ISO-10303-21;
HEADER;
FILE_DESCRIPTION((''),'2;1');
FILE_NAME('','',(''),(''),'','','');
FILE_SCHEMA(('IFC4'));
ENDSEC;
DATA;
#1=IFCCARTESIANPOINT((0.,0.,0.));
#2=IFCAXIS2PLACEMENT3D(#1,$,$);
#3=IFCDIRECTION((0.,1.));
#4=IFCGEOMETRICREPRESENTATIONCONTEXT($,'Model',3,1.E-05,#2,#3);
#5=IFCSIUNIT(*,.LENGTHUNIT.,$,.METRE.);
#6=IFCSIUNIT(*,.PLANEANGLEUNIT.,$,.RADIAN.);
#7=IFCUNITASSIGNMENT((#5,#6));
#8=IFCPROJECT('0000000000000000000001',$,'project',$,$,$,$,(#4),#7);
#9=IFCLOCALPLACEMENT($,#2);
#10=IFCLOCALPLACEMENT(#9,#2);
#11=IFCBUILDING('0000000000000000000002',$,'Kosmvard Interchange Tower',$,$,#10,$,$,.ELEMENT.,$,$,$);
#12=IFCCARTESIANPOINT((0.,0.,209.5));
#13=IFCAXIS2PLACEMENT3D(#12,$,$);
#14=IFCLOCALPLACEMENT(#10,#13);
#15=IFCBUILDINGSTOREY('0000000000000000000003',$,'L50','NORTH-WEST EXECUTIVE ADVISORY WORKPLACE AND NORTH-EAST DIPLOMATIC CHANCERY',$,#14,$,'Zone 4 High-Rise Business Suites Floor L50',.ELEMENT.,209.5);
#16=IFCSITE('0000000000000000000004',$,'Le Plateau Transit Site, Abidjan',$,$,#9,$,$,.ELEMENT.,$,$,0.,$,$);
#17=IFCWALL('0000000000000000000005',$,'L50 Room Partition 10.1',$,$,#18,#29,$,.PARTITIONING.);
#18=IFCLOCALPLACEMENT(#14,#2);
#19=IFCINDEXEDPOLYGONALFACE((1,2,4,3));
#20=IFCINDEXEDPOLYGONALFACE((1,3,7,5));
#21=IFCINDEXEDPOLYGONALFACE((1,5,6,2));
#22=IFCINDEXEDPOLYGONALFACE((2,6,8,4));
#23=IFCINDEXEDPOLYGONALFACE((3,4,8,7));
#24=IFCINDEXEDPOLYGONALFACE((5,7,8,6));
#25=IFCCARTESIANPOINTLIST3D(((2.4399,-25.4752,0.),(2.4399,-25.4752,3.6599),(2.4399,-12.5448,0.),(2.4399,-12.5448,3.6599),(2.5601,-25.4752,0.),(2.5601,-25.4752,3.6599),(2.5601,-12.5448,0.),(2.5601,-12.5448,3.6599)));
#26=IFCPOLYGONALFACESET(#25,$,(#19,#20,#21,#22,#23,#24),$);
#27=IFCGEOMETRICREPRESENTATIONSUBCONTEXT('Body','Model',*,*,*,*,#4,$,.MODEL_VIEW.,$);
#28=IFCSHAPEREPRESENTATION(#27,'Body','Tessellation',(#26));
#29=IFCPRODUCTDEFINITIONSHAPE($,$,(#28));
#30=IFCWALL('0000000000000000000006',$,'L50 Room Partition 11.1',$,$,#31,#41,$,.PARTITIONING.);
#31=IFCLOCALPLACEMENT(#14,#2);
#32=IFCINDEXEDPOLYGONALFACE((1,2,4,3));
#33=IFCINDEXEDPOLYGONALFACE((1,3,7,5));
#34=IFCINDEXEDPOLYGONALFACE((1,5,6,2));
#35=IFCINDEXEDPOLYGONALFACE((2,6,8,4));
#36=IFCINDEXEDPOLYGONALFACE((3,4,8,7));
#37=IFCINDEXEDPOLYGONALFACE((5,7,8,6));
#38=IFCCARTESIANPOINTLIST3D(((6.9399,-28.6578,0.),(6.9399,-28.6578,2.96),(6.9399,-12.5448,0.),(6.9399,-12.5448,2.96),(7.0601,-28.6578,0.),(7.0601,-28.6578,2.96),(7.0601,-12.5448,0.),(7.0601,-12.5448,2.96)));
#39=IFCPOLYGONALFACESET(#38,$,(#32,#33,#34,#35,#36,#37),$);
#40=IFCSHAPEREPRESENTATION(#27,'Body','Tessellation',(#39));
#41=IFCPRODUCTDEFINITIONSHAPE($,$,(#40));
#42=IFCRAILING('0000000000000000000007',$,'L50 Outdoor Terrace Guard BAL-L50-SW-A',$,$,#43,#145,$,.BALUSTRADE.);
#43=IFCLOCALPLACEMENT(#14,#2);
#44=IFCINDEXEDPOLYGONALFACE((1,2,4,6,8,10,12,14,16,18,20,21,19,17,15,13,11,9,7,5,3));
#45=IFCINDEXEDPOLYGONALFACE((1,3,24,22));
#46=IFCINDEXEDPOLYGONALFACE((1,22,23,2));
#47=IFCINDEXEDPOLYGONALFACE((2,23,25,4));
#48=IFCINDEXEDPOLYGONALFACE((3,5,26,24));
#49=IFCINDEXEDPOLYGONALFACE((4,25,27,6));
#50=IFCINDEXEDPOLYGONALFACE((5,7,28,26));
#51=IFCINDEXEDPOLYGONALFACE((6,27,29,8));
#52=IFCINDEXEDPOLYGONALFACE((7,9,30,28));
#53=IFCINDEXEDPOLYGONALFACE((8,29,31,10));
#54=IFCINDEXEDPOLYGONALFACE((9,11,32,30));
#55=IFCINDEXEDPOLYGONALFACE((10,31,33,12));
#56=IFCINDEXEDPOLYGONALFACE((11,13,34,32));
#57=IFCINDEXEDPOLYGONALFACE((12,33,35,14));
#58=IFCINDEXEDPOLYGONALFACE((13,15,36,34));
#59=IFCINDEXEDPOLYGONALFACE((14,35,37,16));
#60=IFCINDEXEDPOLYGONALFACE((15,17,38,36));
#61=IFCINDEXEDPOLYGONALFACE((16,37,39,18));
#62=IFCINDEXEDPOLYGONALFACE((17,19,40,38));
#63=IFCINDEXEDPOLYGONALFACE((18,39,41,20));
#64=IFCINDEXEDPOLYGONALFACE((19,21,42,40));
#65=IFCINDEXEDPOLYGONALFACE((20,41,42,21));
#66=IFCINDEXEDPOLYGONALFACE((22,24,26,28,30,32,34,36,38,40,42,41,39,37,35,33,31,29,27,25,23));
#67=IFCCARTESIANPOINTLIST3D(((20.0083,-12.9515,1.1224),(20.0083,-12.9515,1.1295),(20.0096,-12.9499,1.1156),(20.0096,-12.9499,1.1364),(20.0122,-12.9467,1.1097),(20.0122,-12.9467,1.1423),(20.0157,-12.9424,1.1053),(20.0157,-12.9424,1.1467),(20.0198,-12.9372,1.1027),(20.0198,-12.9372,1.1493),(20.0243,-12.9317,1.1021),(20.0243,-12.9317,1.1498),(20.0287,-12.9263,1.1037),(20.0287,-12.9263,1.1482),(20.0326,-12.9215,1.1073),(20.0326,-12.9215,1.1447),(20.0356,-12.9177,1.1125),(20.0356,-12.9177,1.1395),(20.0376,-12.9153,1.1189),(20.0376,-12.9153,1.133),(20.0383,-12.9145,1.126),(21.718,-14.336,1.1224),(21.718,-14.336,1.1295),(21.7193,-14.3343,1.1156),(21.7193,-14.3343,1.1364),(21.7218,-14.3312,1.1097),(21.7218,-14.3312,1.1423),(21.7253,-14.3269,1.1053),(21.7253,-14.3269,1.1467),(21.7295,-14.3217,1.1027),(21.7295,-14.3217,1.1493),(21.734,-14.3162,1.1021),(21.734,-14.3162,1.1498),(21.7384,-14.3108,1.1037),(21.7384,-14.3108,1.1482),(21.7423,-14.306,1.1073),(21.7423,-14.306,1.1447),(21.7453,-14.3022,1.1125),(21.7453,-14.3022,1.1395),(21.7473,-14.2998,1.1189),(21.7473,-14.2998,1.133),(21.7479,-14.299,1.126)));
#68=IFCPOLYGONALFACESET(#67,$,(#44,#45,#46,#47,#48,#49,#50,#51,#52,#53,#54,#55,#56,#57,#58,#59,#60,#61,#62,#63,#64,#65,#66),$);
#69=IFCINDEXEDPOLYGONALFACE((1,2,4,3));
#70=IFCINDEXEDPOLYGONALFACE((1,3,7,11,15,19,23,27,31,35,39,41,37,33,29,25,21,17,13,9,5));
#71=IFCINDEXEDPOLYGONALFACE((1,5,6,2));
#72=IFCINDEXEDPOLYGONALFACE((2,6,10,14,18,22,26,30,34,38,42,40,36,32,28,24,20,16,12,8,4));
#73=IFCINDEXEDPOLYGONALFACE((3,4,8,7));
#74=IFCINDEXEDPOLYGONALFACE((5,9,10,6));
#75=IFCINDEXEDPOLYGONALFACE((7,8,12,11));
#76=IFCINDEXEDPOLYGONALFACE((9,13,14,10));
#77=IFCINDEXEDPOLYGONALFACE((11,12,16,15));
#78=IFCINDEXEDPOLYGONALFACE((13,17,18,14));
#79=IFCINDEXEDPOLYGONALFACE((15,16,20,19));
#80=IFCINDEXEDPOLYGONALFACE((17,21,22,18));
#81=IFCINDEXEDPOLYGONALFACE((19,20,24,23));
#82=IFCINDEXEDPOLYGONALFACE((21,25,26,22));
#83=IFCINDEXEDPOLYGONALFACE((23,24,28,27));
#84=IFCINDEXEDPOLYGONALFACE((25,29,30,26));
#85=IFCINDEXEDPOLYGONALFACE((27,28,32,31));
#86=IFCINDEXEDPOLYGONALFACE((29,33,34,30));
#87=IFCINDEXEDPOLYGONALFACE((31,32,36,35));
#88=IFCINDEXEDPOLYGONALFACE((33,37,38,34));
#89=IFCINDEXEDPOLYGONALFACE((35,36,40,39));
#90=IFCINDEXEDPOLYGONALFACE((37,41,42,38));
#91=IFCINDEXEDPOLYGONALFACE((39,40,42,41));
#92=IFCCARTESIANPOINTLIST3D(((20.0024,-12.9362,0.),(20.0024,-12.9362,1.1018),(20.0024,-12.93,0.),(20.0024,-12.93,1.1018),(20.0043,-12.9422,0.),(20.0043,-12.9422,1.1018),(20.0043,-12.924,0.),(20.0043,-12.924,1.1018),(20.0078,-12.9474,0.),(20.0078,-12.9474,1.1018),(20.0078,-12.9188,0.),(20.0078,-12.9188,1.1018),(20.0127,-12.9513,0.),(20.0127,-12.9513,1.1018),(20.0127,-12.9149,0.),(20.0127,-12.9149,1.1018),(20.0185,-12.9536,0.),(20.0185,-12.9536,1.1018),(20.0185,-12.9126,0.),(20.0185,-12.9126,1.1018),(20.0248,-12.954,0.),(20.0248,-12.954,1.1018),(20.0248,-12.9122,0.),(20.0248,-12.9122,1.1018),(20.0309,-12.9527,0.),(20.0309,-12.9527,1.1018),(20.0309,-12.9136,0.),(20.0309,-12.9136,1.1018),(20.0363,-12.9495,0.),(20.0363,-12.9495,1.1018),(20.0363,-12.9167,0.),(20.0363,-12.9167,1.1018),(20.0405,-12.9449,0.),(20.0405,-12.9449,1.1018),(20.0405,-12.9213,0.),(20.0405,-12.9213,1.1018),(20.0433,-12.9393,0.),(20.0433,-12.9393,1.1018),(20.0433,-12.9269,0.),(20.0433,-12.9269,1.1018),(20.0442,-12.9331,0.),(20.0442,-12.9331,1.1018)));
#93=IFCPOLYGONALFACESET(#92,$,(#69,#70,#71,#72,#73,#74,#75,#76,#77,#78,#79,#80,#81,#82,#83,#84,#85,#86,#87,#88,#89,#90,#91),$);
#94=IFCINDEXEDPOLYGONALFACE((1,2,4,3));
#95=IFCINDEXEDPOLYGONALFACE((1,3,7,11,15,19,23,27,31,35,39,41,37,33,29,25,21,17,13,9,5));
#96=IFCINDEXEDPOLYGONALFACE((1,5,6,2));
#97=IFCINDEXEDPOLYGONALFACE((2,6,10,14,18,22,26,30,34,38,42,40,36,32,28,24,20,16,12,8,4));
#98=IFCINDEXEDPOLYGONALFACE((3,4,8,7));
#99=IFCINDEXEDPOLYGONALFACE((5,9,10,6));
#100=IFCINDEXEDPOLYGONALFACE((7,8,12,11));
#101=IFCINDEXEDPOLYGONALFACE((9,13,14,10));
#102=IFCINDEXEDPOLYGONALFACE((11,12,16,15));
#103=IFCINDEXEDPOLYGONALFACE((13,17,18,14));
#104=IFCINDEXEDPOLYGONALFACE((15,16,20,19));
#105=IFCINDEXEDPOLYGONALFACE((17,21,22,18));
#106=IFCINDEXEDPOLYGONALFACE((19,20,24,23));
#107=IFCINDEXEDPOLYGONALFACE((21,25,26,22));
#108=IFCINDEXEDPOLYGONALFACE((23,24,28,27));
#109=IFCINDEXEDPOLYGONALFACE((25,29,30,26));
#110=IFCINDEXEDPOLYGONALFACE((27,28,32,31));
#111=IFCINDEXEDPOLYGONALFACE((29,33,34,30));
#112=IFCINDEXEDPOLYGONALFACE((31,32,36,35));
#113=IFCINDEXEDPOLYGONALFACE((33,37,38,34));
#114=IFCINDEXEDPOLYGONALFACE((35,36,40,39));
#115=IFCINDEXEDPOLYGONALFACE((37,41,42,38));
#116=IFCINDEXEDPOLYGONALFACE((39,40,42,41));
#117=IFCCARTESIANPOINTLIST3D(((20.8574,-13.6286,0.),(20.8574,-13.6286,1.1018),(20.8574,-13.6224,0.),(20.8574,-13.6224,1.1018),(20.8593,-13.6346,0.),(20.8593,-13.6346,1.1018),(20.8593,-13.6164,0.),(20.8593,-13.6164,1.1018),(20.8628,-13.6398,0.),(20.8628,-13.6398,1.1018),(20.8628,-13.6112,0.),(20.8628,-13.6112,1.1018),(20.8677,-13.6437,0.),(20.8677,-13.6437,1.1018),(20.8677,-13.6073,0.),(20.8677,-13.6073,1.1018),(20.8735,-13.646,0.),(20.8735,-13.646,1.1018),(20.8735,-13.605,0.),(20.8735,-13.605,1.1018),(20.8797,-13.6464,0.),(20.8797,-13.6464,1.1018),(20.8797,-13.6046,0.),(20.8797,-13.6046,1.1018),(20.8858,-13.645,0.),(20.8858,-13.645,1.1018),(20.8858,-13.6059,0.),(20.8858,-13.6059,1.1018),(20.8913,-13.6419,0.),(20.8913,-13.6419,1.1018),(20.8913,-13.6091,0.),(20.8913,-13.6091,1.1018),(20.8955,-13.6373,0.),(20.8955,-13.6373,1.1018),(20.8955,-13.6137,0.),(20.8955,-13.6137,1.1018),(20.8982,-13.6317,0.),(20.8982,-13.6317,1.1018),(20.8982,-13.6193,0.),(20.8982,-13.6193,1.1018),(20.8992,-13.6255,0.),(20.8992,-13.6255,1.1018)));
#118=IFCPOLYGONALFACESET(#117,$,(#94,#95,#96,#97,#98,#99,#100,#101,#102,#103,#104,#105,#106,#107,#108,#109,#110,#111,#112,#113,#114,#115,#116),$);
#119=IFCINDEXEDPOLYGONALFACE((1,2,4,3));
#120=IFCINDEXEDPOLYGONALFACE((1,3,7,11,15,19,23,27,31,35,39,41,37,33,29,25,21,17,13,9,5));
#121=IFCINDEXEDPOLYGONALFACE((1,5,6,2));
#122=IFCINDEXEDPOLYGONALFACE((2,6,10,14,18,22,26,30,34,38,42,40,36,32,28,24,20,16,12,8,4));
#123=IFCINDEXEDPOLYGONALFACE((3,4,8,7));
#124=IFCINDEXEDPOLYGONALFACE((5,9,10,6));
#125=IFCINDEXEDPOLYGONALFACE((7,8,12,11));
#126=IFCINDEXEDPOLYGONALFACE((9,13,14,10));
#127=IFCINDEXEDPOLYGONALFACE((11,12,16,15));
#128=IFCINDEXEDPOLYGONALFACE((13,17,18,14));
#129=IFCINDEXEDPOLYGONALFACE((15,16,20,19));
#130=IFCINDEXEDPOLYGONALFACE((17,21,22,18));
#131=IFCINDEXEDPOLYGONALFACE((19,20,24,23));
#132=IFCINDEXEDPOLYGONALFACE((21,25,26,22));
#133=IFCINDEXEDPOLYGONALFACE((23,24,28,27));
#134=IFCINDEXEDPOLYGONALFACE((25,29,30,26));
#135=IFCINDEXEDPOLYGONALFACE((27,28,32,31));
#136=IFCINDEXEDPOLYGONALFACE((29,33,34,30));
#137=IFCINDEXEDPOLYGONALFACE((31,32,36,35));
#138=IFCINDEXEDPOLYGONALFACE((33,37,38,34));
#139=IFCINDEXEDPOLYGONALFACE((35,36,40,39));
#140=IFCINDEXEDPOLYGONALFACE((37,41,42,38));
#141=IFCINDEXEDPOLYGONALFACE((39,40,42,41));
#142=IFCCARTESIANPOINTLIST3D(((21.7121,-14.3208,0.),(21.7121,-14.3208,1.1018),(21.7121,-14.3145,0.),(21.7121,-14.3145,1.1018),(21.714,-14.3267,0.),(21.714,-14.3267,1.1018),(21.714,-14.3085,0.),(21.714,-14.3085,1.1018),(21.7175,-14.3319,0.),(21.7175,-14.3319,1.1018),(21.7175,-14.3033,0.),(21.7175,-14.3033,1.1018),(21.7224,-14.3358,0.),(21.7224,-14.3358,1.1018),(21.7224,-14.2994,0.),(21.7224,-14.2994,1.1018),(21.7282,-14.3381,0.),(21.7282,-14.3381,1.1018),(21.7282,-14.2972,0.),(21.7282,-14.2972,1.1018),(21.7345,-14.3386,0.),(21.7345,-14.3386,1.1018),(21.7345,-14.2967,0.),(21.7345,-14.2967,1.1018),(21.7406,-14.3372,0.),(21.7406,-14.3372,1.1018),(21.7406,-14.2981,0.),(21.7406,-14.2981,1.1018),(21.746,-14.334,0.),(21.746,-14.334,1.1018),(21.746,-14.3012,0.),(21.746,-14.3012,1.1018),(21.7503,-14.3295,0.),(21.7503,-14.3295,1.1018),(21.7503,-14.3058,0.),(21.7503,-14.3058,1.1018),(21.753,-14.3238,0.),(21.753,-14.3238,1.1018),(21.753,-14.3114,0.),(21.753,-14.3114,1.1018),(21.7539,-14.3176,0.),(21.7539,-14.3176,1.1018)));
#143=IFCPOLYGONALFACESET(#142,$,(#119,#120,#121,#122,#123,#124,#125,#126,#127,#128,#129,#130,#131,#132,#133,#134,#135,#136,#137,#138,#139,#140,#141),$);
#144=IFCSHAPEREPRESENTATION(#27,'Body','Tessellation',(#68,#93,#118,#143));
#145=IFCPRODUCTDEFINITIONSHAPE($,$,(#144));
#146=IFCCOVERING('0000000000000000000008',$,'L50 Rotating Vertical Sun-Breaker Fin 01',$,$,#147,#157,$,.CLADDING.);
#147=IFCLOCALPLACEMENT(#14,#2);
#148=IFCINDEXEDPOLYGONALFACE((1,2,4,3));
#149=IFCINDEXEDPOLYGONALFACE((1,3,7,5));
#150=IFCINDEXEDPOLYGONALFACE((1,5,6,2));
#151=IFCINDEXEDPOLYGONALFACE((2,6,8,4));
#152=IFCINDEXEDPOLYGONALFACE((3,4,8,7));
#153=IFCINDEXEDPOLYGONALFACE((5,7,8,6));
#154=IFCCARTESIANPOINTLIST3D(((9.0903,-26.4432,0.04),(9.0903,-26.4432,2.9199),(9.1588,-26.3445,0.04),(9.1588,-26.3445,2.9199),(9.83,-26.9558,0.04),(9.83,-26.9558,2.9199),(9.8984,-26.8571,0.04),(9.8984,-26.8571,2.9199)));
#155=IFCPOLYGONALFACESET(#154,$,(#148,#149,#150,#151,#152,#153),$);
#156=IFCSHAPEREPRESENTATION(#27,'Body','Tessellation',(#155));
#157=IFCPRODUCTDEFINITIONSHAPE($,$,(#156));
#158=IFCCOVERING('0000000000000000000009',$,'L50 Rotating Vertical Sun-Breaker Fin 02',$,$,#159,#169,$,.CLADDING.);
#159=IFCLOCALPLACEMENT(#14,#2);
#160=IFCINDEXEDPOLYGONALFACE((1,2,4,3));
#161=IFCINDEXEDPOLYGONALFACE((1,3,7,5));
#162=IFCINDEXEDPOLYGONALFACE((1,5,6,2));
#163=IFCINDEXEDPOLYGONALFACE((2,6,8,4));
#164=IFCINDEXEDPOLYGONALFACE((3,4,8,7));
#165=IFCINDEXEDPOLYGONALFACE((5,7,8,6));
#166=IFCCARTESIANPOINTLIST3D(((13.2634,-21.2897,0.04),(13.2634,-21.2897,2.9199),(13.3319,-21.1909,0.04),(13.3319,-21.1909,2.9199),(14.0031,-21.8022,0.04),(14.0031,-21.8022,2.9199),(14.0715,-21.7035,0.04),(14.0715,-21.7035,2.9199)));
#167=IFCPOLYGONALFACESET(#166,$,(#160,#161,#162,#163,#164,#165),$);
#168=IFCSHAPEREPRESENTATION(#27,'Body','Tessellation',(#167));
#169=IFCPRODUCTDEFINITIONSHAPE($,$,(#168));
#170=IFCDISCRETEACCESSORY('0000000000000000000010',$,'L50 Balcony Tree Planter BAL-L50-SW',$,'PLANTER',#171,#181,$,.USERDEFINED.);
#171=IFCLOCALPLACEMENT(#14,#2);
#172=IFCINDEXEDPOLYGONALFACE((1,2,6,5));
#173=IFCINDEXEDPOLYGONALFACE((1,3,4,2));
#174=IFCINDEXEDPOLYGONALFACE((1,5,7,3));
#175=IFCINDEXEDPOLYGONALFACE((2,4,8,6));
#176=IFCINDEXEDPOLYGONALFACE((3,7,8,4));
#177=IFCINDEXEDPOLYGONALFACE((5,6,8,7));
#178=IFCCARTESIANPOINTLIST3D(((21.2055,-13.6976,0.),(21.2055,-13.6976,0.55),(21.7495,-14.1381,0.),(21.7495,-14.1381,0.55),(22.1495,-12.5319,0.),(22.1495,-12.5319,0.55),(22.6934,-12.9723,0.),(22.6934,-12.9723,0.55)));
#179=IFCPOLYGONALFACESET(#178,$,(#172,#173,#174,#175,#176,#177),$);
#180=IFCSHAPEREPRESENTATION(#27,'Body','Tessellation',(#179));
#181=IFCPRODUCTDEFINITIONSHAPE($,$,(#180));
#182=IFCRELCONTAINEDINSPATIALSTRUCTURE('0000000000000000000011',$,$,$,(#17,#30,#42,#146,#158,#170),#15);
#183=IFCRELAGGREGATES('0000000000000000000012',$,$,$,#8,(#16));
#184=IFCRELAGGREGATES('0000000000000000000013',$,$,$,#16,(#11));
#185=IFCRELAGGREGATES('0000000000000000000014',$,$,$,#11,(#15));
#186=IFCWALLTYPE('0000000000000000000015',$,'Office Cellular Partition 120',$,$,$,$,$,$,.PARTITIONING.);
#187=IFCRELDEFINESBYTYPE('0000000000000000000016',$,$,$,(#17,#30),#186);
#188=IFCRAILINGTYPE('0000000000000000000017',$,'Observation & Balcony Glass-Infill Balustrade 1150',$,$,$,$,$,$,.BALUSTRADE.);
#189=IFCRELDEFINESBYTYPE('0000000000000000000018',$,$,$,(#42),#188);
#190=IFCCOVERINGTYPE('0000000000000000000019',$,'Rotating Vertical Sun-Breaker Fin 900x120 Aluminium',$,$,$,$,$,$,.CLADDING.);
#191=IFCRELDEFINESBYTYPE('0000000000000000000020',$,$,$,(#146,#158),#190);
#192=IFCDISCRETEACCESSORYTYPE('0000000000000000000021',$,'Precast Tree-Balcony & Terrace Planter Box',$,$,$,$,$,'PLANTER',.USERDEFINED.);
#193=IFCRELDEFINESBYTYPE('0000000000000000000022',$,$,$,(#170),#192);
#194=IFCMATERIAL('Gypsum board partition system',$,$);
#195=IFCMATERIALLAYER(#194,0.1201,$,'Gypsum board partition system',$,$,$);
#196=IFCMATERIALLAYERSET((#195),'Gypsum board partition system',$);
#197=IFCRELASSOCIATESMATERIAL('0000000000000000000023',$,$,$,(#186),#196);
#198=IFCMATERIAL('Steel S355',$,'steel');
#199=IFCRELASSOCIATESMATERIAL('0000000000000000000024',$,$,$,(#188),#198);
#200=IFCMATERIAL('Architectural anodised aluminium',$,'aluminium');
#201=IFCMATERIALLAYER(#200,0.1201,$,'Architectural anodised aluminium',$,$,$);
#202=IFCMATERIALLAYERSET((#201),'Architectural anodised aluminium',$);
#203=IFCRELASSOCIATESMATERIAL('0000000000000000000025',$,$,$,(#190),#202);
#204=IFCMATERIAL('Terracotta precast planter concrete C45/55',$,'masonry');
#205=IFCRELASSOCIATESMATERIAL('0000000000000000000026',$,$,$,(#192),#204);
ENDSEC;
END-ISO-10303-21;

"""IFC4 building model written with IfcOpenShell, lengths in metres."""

from ifc_helpers import new_model, si_unit, direction, frame, frame_2d, origin, origin_2d, place, context, subcontext, project, spatial, rectangle, circle, extrude, source, transform, mapped, material, layer, layer_set, type_object, element, save


model = new_model("IFC4")

# Units and contexts
model_context = context("Model", 3, precision=1e-05, world=origin(), true_north=direction((0.0, 1.0)))
body_context = subcontext(model_context, "Body", "Model", "MODEL_VIEW")
ifc_project = project(units=[si_unit("LENGTHUNIT", "METRE"), si_unit("PLANEANGLEUNIT", "RADIAN")], contexts=[model_context])

# Site, building, storey
site_placement = place(None, origin())
site = spatial("IfcSite", under=ifc_project, at=site_placement, Name="Le Plateau Transit Site, Abidjan", CompositionType="ELEMENT", RefElevation=0.0)
building_placement = place(site_placement, origin())
building = spatial("IfcBuilding", under=site, at=building_placement, Name="Kosmvard Interchange Tower", CompositionType="ELEMENT")
storey_placement = place(building_placement, frame((0.0, 0.0, 209.5)))
storey = spatial("IfcBuildingStorey", under=building, at=storey_placement, Name="L50", Description="NORTH-WEST EXECUTIVE ADVISORY WORKPLACE AND NORTH-EAST DIPLOMATIC CHANCERY", LongName="Zone 4 High-Rise Business Suites Floor L50", CompositionType="ELEMENT", Elevation=209.5)

# Shared definitions
ifc_material_1 = material(Name="Steel S355", Category="steel")

# Walls
ifc_material_2 = material(Name="Gypsum board partition system")
ifc_layer_1 = layer(ifc_material_2, 0.1201, Name="Gypsum board partition system")
ifc_layer_set_1 = layer_set([ifc_layer_1], Name="Gypsum board partition system")
wall_type_1 = type_object("IfcWallType", Name="Office Cellular Partition 120", PredefinedType="PARTITIONING", material=ifc_layer_set_1)
wall_1_placement = place(storey_placement, frame((2.5, -25.4753, 0.0), z_axis=(0.0, 0.0, 1.0), x_axis=(0.0, 1.0, 0.0)))
element("IfcWall", 1, at=wall_1_placement, inside=storey, type_object=wall_type_1, Name="L50 Room Partition 10.1", PredefinedType="PARTITIONING", context=body_context, shape_type="SweptSolid", body=[
    extrude(rectangle(XDim=12.9304, YDim=0.1201, at=frame_2d((6.4653, 0.0))), origin(), (0.0, 0.0, 1.0), 3.6599),
])
wall_2_placement = place(storey_placement, frame((7.0, -28.658, 0.0), z_axis=(0.0, 0.0, 1.0), x_axis=(0.0, 1.0, 0.0)))
element("IfcWall", 2, at=wall_2_placement, inside=storey, type_object=wall_type_1, Name="L50 Room Partition 11.1", PredefinedType="PARTITIONING", context=body_context, shape_type="SweptSolid", body=[
    extrude(rectangle(XDim=16.113, YDim=0.1201, at=frame_2d((8.0566, 0.0))), origin(), (0.0, 0.0, 1.0), 2.96),
])

# Railing
railing_type = type_object("IfcRailingType", Name="Observation & Balcony Glass-Infill Balustrade 1150", PredefinedType="BALUSTRADE", material=ifc_material_1)
shared_shape_1 = source(origin(), body_context, "Body", "SweptSolid", [
    extrude(circle(Radius=0.0239, at=origin_2d()), frame((0.0, 0.0, 1.126), z_axis=(0.777141, -0.629326, 0.0), x_axis=(0.629326, 0.777141, 0.0)), (0.0, 0.0, 1.0), 2.2),
    extrude(circle(Radius=0.021, at=origin_2d()), origin(), (0.0, 0.0, 1.0), 1.1018),
    extrude(circle(Radius=0.021, at=origin_2d()), frame((0.855, -0.6924, 0.0)), (0.0, 0.0, 1.0), 1.1018),
    extrude(circle(Radius=0.021, at=origin_2d()), frame((1.7097, -1.3845, 0.0)), (0.0, 0.0, 1.0), 1.1018),
])
railing_1_placement = place(storey_placement, frame((20.0232, -12.9331, 0.0)))
element("IfcRailing", 3, at=railing_1_placement, inside=storey, type_object=railing_type, Name="L50 Outdoor Terrace Guard BAL-L50-SW-A", PredefinedType="BALUSTRADE", context=body_context, shape_type="MappedRepresentation", body=[
    mapped(shared_shape_1, transform((0.0, 0.0, 0.0), scale=1.0)),
])

# Coverings
ifc_material_3 = material(Name="Architectural anodised aluminium", Category="aluminium")
ifc_layer_2 = layer(ifc_material_3, 0.1201, Name="Architectural anodised aluminium")
ifc_layer_set_2 = layer_set([ifc_layer_2], Name="Architectural anodised aluminium")
covering_type = type_object("IfcCoveringType", Name="Rotating Vertical Sun-Breaker Fin 900x120 Aluminium", PredefinedType="CLADDING", material=ifc_layer_set_2)
shared_shape_2 = source(origin(), body_context, "Body", "SweptSolid", [
    extrude(rectangle(XDim=0.8999, YDim=0.1201, at=origin_2d()), origin(), (0.0, 0.0, 1.0), 2.8799),
])
for number, where, z_axis, x_axis, name in (
    (4, (9.4944, -26.6501, 0.04), (0.0, 0.0, 1.0), (0.821945, -0.569566, 0.0), "L50 Rotating Vertical Sun-Breaker Fin 01"),
    (5, (13.6675, -21.4966, 0.04), (0.0, 0.0, 1.0), (0.821945, -0.569566, 0.0), "L50 Rotating Vertical Sun-Breaker Fin 02"),
):
    element("IfcCovering", number, at=place(storey_placement, frame(where, z_axis=z_axis, x_axis=x_axis)), inside=storey, type_object=covering_type, Name=name, PredefinedType="CLADDING", context=body_context, shape_type="MappedRepresentation", body=[
        mapped(shared_shape_2, transform((0.0, 0.0, 0.0), scale=1.0)),
    ])

# Discrete accessory
ifc_material_4 = material(Name="Terracotta precast planter concrete C45/55", Category="masonry")
discrete_accessory_type = type_object("IfcDiscreteAccessoryType", Name="Precast Tree-Balcony & Terrace Planter Box", ElementType="PLANTER", PredefinedType="USERDEFINED", material=ifc_material_4)
shared_shape_3 = source(origin(), body_context, "Body", "SweptSolid", [
    extrude(rectangle(XDim=1.5, YDim=0.7, at=origin_2d()), origin(), (0.0, 0.0, 1.0), 0.55),
])
discrete_accessory_placement = place(storey_placement, frame((21.9495, -13.335, 0.0), z_axis=(0.0, 0.0, 1.0), x_axis=(0.62932, 0.777146, 0.0)))
element("IfcDiscreteAccessory", 6, at=discrete_accessory_placement, inside=storey, type_object=discrete_accessory_type, Name="L50 Balcony Tree Planter BAL-L50-SW", ObjectType="PLANTER", PredefinedType="USERDEFINED", context=body_context, shape_type="MappedRepresentation", body=[
    mapped(shared_shape_3, transform((0.0, 0.0, 0.0), scale=1.0)),
])

save(model, "model.ifc")
